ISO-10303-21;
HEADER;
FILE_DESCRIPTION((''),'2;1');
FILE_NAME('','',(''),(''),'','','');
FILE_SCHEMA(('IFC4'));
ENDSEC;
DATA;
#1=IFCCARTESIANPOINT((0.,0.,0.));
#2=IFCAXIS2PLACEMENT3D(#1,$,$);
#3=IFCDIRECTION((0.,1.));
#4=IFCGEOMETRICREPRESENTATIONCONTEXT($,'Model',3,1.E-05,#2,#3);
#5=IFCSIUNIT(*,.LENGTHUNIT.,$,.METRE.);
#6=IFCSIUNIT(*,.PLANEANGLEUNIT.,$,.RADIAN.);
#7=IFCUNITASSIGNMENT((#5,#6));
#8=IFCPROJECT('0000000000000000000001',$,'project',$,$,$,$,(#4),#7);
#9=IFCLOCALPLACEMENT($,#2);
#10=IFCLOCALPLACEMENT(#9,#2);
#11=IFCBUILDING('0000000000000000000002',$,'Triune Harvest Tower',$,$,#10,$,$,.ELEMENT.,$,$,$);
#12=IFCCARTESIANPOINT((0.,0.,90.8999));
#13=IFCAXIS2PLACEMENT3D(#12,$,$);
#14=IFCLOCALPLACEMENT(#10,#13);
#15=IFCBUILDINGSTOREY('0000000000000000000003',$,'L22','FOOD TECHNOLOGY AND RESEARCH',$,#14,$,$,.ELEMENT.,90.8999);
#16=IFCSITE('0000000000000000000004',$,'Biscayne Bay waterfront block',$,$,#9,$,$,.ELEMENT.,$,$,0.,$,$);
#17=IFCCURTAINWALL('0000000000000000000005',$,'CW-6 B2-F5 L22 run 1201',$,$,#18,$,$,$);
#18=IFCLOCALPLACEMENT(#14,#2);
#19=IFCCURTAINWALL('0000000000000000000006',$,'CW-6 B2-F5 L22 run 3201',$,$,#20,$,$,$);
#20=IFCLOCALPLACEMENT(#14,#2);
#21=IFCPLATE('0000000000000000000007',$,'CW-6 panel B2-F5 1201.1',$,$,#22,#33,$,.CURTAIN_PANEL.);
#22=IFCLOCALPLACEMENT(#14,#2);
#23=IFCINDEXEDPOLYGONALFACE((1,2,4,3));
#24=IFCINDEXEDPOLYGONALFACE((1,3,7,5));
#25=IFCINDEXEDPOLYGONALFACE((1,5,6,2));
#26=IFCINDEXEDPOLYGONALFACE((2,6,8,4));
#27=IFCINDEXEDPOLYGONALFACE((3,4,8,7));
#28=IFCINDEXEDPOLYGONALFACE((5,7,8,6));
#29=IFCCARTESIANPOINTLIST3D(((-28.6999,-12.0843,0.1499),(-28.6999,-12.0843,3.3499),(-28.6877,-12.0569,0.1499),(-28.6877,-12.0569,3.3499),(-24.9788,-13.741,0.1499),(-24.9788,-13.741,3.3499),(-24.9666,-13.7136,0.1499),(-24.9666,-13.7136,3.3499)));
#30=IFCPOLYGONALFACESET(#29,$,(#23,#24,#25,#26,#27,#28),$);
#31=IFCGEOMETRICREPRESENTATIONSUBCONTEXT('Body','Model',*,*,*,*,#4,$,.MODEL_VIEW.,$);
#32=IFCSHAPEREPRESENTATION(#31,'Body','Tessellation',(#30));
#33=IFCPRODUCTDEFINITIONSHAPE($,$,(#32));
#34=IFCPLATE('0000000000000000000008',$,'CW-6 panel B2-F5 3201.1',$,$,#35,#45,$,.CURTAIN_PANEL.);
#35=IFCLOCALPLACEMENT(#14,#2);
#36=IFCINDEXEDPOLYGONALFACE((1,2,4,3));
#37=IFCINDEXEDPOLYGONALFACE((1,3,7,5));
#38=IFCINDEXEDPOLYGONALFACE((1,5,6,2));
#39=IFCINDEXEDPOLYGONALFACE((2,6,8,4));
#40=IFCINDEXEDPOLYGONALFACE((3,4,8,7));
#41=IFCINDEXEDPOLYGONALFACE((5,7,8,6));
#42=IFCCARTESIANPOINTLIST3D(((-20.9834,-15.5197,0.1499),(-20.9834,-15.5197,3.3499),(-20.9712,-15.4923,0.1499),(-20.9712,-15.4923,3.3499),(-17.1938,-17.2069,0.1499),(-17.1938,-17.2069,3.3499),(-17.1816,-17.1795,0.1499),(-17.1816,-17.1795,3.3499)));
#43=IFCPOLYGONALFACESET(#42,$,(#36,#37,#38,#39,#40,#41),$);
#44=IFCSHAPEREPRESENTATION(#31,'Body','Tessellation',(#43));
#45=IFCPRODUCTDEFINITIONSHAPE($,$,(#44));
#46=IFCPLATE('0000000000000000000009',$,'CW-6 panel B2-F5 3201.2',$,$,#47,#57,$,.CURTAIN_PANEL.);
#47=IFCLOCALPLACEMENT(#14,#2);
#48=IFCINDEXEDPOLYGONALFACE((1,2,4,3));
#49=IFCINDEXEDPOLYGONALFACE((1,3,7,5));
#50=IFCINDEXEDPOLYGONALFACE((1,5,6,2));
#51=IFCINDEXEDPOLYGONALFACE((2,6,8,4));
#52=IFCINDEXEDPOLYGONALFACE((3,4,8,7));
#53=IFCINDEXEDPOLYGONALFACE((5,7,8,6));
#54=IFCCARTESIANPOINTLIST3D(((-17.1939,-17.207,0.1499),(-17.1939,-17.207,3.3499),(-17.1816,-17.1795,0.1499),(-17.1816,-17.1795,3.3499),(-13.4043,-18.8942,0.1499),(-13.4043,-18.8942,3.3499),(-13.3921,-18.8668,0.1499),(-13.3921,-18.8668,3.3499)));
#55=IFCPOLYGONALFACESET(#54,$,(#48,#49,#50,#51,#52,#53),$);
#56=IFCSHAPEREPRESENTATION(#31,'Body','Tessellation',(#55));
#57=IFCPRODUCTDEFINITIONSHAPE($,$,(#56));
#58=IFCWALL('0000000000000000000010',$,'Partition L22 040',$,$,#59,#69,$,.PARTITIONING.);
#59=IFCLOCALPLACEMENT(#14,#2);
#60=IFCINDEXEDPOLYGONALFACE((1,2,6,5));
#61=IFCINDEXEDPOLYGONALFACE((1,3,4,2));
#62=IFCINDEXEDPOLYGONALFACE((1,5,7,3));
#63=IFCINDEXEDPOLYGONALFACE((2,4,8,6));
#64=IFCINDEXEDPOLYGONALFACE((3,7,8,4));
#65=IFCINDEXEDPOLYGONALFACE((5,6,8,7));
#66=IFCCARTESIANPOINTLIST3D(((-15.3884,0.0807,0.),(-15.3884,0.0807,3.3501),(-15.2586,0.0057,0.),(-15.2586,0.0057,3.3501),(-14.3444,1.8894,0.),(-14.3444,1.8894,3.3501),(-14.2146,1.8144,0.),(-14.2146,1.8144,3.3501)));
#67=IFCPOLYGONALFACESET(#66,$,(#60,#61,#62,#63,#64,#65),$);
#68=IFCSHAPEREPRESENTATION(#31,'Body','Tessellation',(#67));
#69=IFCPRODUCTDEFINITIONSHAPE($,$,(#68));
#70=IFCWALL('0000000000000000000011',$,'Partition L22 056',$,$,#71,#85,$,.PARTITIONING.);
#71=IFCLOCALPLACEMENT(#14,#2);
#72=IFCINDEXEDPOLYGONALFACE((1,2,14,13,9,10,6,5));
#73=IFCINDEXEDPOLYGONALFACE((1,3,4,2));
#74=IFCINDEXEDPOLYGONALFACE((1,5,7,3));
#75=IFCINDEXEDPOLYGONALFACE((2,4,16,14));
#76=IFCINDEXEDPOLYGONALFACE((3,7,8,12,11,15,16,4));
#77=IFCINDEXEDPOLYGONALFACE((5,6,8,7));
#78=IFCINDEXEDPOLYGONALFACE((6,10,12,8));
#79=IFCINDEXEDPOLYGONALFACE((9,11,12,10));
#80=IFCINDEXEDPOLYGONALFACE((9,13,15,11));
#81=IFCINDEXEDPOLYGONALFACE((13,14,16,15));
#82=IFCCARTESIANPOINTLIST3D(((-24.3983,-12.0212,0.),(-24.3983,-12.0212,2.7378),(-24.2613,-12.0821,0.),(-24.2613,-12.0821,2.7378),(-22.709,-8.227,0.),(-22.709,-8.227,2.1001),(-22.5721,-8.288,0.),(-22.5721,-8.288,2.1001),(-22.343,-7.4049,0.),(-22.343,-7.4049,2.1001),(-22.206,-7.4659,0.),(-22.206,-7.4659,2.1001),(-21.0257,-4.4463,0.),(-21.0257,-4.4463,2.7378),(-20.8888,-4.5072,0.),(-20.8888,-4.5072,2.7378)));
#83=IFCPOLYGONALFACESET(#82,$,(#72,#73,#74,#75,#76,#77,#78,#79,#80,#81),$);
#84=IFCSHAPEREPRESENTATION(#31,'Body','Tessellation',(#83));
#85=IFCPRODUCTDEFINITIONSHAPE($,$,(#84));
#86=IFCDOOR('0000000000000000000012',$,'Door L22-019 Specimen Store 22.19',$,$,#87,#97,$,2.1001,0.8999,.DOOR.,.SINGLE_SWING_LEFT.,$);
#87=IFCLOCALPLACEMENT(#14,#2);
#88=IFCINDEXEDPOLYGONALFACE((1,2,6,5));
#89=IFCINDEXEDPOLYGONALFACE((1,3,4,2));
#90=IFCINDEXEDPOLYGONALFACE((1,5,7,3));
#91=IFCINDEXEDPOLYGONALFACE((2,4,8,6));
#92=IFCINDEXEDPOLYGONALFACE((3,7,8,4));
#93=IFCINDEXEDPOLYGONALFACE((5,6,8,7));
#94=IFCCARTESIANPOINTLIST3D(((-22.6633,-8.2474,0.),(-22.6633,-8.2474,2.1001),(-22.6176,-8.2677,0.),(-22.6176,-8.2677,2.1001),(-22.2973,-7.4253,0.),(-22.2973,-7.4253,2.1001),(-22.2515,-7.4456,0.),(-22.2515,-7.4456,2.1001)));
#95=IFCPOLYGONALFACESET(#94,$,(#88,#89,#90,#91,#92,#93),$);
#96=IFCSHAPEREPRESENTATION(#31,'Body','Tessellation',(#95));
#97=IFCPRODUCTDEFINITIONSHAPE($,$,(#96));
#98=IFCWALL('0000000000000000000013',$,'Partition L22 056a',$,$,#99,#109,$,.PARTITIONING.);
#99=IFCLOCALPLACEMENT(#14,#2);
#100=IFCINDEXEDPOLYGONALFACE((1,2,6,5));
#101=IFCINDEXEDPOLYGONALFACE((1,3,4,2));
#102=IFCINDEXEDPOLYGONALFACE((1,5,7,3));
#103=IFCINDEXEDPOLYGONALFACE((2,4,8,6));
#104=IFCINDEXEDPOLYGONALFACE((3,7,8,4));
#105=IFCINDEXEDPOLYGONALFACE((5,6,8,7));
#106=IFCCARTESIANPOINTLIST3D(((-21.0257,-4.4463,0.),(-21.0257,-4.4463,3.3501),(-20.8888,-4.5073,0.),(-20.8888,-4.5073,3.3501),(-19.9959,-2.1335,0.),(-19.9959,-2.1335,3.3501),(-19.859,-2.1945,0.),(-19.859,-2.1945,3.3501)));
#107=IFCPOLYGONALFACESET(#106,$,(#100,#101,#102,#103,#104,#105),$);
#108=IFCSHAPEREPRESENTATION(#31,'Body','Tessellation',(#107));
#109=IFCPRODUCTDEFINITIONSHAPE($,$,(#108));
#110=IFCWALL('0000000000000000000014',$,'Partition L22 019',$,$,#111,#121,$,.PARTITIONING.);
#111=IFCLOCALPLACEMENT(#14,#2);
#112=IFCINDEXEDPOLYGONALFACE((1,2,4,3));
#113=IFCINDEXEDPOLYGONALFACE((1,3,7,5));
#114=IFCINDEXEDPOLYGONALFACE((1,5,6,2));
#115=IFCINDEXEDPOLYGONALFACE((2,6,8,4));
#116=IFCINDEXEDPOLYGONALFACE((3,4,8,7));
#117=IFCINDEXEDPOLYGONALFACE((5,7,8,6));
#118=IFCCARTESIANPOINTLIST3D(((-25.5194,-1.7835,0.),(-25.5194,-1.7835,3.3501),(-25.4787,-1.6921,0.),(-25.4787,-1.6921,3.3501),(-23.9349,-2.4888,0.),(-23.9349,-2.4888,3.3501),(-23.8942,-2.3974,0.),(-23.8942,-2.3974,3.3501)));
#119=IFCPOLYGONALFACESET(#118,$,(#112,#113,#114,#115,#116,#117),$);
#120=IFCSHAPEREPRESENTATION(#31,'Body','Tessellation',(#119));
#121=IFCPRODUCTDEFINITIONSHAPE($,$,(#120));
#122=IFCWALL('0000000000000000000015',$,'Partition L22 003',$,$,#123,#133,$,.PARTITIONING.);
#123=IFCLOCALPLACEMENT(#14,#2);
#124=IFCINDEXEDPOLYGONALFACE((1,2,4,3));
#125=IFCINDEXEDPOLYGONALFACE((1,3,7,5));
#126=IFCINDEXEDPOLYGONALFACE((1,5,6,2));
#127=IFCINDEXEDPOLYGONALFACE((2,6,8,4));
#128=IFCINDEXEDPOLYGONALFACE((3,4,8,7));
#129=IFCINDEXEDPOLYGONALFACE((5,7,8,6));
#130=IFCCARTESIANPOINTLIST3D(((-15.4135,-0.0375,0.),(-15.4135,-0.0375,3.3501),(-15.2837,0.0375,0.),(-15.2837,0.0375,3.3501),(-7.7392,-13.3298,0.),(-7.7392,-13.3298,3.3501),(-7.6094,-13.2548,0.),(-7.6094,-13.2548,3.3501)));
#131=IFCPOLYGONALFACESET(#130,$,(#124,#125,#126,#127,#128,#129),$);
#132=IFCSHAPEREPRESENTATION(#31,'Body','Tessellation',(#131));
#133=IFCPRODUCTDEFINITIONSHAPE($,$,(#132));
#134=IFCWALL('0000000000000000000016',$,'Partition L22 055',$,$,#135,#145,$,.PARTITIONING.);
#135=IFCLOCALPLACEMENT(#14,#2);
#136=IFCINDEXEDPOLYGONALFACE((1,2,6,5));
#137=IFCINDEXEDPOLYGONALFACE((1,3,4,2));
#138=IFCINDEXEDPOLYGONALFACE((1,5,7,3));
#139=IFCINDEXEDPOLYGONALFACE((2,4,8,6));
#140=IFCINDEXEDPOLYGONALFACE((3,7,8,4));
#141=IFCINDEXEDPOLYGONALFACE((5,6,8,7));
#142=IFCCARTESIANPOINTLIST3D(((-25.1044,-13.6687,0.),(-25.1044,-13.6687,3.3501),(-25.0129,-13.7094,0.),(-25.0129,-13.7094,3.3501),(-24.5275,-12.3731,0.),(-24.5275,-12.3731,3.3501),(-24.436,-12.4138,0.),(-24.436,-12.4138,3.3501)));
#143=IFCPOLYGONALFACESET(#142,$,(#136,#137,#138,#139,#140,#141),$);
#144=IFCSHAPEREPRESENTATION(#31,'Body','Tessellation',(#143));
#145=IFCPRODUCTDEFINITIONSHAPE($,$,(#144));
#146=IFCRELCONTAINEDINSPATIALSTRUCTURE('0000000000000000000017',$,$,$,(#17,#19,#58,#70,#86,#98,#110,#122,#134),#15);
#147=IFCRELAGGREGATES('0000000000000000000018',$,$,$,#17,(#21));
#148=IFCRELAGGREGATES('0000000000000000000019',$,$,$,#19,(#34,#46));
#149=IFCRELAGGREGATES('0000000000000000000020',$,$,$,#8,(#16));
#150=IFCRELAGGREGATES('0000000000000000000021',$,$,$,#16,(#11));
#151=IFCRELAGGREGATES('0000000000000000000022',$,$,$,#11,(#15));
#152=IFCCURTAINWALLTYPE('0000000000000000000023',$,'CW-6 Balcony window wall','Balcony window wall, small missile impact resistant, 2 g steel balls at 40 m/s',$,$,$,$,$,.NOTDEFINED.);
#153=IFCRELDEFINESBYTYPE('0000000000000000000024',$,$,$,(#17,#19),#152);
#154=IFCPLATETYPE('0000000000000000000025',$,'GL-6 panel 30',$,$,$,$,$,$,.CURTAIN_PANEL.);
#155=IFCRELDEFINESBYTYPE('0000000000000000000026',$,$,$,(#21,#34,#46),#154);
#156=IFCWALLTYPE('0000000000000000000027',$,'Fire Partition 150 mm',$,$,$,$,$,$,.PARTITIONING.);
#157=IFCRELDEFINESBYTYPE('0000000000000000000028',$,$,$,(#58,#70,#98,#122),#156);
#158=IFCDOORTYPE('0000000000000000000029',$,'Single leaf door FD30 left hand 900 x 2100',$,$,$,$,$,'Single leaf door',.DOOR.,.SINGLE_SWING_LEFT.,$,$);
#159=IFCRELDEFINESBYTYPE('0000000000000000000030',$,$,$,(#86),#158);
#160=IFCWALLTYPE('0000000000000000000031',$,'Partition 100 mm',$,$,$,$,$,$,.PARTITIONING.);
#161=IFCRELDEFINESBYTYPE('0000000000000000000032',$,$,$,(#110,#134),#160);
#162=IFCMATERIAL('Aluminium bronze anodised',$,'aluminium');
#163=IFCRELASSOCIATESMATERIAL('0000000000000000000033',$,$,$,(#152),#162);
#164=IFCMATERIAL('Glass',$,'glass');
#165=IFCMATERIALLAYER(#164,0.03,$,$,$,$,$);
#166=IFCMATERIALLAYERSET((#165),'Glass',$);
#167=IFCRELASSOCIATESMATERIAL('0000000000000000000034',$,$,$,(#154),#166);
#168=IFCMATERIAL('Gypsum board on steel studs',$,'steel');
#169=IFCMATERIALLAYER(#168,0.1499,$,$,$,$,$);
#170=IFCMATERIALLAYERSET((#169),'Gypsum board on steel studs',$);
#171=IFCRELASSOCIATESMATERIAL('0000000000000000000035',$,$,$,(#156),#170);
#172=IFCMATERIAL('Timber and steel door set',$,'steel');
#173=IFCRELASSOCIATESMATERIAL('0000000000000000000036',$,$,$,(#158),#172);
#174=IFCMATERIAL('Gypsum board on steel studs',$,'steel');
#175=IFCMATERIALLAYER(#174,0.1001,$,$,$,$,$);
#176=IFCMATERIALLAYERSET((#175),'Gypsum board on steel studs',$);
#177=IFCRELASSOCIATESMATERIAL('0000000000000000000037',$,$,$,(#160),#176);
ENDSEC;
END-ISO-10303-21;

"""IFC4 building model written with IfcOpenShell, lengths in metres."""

from ifc_helpers import new_model, si_unit, direction, frame, frame_2d, origin, origin_2d, place, context, subcontext, project, spatial, rectangle, extrude, source, transform, mapped, material, layer, layer_set, type_object, element, fill, aggregate, save


model = new_model("IFC4")

# Units and contexts
model_context = context("Model", 3, precision=1e-05, world=origin(), true_north=direction((0.0, 1.0)))
body_context = subcontext(model_context, "Body", "Model", "MODEL_VIEW")
ifc_project = project(units=[si_unit("LENGTHUNIT", "METRE"), si_unit("PLANEANGLEUNIT", "RADIAN")], contexts=[model_context])

# Site, building, storey
site_placement = place(None, origin())
site = spatial("IfcSite", under=ifc_project, at=site_placement, Name="Biscayne Bay waterfront block", CompositionType="ELEMENT", RefElevation=0.0)
building_placement = place(site_placement, origin())
building = spatial("IfcBuilding", under=site, at=building_placement, Name="Triune Harvest Tower", CompositionType="ELEMENT")
storey_placement = place(building_placement, frame((0.0, 0.0, 90.8999)))
storey = spatial("IfcBuildingStorey", under=building, at=storey_placement, Name="L22", Description="FOOD TECHNOLOGY AND RESEARCH", CompositionType="ELEMENT", Elevation=90.8999)

# Curtain wall
ifc_material_1 = material(Name="Aluminium bronze anodised", Category="aluminium")
curtain_wall_type_1 = type_object("IfcCurtainWallType", Name="CW-6 Balcony window wall", Description="Balcony window wall, small missile impact resistant, 2 g steel balls at 40 m/s", PredefinedType="NOTDEFINED", material=ifc_material_1)
curtain_wall_1_placement = place(storey_placement, origin())
curtain_wall_1 = element("IfcCurtainWall", 1, at=curtain_wall_1_placement, inside=storey, type_object=curtain_wall_type_1, Name="CW-6 B2-F5 L22 run 1201")

# Curtain wall
curtain_wall_2_placement = place(storey_placement, origin())
curtain_wall_2 = element("IfcCurtainWall", 2, at=curtain_wall_2_placement, inside=storey, type_object=curtain_wall_type_1, Name="CW-6 B2-F5 L22 run 3201")

# Plates
ifc_material_2 = material(Name="Glass", Category="glass")
ifc_layer_1 = layer(ifc_material_2, 0.03)
ifc_layer_set_1 = layer_set([ifc_layer_1], Name="Glass")
plate_type_1 = type_object("IfcPlateType", Name="GL-6 panel 30", PredefinedType="CURTAIN_PANEL", material=ifc_layer_set_1)
shared_shape_1 = source(origin(), body_context, "Body", "SweptSolid", [
    extrude(rectangle(XDim=4.0732, YDim=0.03, at=origin_2d()), origin(), (0.0, 0.0, 1.0), 3.2),
])
plate_1_placement = place(storey_placement, frame((-26.8333, -12.8989, 0.1499), z_axis=(0.0, 0.0, 1.0), x_axis=(0.913549, -0.406729, 0.0)))
plate_1 = element("IfcPlate", 3, at=plate_1_placement, type_object=plate_type_1, Name="CW-6 panel B2-F5 1201.1", PredefinedType="CURTAIN_PANEL", context=body_context, shape_type="MappedRepresentation", body=[
    mapped(shared_shape_1, transform((0.0, 0.0, 0.0), scale=1.0)),
])
aggregate(curtain_wall_1, [plate_1])
shared_shape_2 = source(origin(), body_context, "Body", "SweptSolid", [
    extrude(rectangle(XDim=4.1482, YDim=0.03, at=origin_2d()), origin(), (0.0, 0.0, 1.0), 3.2),
])
plate_2_placement = place(storey_placement, frame((-19.0825, -16.3496, 0.1499), z_axis=(0.0, 0.0, 1.0), x_axis=(0.913544, -0.406739, 0.0)))
plate_2 = element("IfcPlate", 4, at=plate_2_placement, type_object=plate_type_1, Name="CW-6 panel B2-F5 3201.1", PredefinedType="CURTAIN_PANEL", context=body_context, shape_type="MappedRepresentation", body=[
    mapped(shared_shape_2, transform((0.0, 0.0, 0.0), scale=1.0)),
])
plate_3_placement = place(storey_placement, frame((-15.293, -18.0369, 0.1499), z_axis=(0.0, 0.0, 1.0), x_axis=(0.913544, -0.406739, 0.0)))
plate_3 = element("IfcPlate", 5, at=plate_3_placement, type_object=plate_type_1, Name="CW-6 panel B2-F5 3201.2", PredefinedType="CURTAIN_PANEL", context=body_context, shape_type="MappedRepresentation", body=[
    mapped(shared_shape_2, transform((0.0, 0.0, 0.0), scale=1.0)),
])
aggregate(curtain_wall_2, [plate_2, plate_3])

# Wall
ifc_material_3 = material(Name="Gypsum board on steel studs", Category="steel")
ifc_layer_2 = layer(ifc_material_3, 0.1499)
ifc_layer_set_2 = layer_set([ifc_layer_2], Name="Gypsum board on steel studs")
wall_type_1 = type_object("IfcWallType", Name="Fire Partition 150 mm", PredefinedType="PARTITIONING", material=ifc_layer_set_2)
wall_1_placement = place(storey_placement, frame((-15.3235, 0.0432, 0.0), z_axis=(0.0, 0.0, 1.0), x_axis=(0.499911, 0.866077, 0.0)))
element("IfcWall", 6, at=wall_1_placement, inside=storey, type_object=wall_type_1, Name="Partition L22 040", PredefinedType="PARTITIONING", context=body_context, shape_type="SweptSolid", body=[
    extrude(rectangle(XDim=2.0884, YDim=0.1499, at=frame_2d((1.0442, 0.0))), origin(), (0.0, 0.0, 1.0), 3.3501),
])

# Wall, opening, door
wall_2_placement = place(storey_placement, frame((-24.3298, -12.0518, 0.0), z_axis=(0.0, 0.0, 1.0), x_axis=(0.406734, 0.913547, 0.0)))
wall_2 = element("IfcWall", 7, at=wall_2_placement, inside=storey, type_object=wall_type_1, Name="Partition L22 056", PredefinedType="PARTITIONING", context=body_context, shape_type="SweptSolid", body=[
    extrude(rectangle(XDim=8.2917, YDim=0.1499, at=frame_2d((4.146, 0.0))), origin(), (0.0, 0.0, 1.0), 2.7378),
])
opening_placement = place(wall_2_placement, frame((4.1533, 0.0, 0.0)))
opening = element("IfcOpeningElement", 8, at=opening_placement, cuts=wall_2, PredefinedType="OPENING", context=body_context, shape_type="SweptSolid", body=[
    extrude(rectangle(XDim=0.8999, YDim=2.1001, at=frame_2d((0.45, 1.05))), frame((0.0, 0.085, 0.0), z_axis=(0.0, -1.0, 0.0), x_axis=(1.0, 0.0, 0.0)), (0.0, 0.0, 1.0), 0.1699),
])
ifc_material_4 = material(Name="Timber and steel door set", Category="steel")
door_type = type_object("IfcDoorType", Name="Single leaf door FD30 left hand 900 x 2100", ElementType="Single leaf door", OperationType="SINGLE_SWING_LEFT", PredefinedType="DOOR", material=ifc_material_4)
door_placement = place(opening_placement, origin())
door = element("IfcDoor", 9, at=door_placement, inside=storey, type_object=door_type, Name="Door L22-019 Specimen Store 22.19", OperationType="SINGLE_SWING_LEFT", OverallHeight=2.1001, OverallWidth=0.8999, PredefinedType="DOOR", context=body_context, shape_type="SweptSolid", body=[
    extrude(rectangle(XDim=0.8999, YDim=2.1001, at=frame_2d((0.45, 1.05))), frame((0.0, 0.0249, 0.0), z_axis=(0.0, -1.0, 0.0), x_axis=(1.0, 0.0, 0.0)), (0.0, 0.0, 1.0), 0.05),
])
fill(opening, door)

# Walls
wall_3_placement = place(storey_placement, frame((-20.9573, -4.4768, 0.0), z_axis=(0.0, 0.0, 1.0), x_axis=(0.406765, 0.913533, 0.0)))
element("IfcWall", 10, at=wall_3_placement, inside=storey, type_object=wall_type_1, Name="Partition L22 056a", PredefinedType="PARTITIONING", context=body_context, shape_type="SweptSolid", body=[
    extrude(rectangle(XDim=2.5317, YDim=0.1499, at=frame_2d((1.2659, 0.0))), origin(), (0.0, 0.0, 1.0), 3.3501),
])
ifc_material_5 = material(Name="Gypsum board on steel studs", Category="steel")
ifc_layer_3 = layer(ifc_material_5, 0.1001)
ifc_layer_set_3 = layer_set([ifc_layer_3], Name="Gypsum board on steel studs")
wall_type_2 = type_object("IfcWallType", Name="Partition 100 mm", PredefinedType="PARTITIONING", material=ifc_layer_set_3)
wall_4_placement = place(storey_placement, frame((-25.499, -1.7378, 0.0), z_axis=(0.0, 0.0, 1.0), x_axis=(0.913573, -0.406674, 0.0)))
element("IfcWall", 11, at=wall_4_placement, inside=storey, type_object=wall_type_2, Name="Partition L22 019", PredefinedType="PARTITIONING", context=body_context, shape_type="SweptSolid", body=[
    extrude(rectangle(XDim=1.7344, YDim=0.1001, at=frame_2d((0.8672, 0.0))), origin(), (0.0, 0.0, 1.0), 3.3501),
])
shared_shape_3 = source(origin(), body_context, "Body", "SweptSolid", [
    extrude(rectangle(XDim=15.3486, YDim=0.1499, at=frame_2d((7.6743, 0.0))), origin(), (0.0, 0.0, 1.0), 3.3501),
])
wall_5_placement = place(storey_placement, frame((-15.3486, 0.0, 0.0), z_axis=(0.0, 0.0, 1.0), x_axis=(0.500002, -0.866024, 0.0)))
element("IfcWall", 12, at=wall_5_placement, inside=storey, type_object=wall_type_1, Name="Partition L22 003", PredefinedType="PARTITIONING", context=body_context, shape_type="MappedRepresentation", body=[
    mapped(shared_shape_3, transform((0.0, 0.0, 0.0), scale=1.0)),
])
shared_shape_4 = source(origin(), body_context, "Body", "SweptSolid", [
    extrude(rectangle(XDim=1.4182, YDim=0.1001, at=frame_2d((0.709, 0.0))), origin(), (0.0, 0.0, 1.0), 3.3501),
])
wall_6_placement = place(storey_placement, frame((-25.0586, -13.689, 0.0), z_axis=(0.0, 0.0, 1.0), x_axis=(0.406761, 0.913534, 0.0)))
element("IfcWall", 13, at=wall_6_placement, inside=storey, type_object=wall_type_2, Name="Partition L22 055", PredefinedType="PARTITIONING", context=body_context, shape_type="MappedRepresentation", body=[
    mapped(shared_shape_4, transform((0.0, 0.0, 0.0), scale=1.0)),
])

save(model, "model.ifc")
